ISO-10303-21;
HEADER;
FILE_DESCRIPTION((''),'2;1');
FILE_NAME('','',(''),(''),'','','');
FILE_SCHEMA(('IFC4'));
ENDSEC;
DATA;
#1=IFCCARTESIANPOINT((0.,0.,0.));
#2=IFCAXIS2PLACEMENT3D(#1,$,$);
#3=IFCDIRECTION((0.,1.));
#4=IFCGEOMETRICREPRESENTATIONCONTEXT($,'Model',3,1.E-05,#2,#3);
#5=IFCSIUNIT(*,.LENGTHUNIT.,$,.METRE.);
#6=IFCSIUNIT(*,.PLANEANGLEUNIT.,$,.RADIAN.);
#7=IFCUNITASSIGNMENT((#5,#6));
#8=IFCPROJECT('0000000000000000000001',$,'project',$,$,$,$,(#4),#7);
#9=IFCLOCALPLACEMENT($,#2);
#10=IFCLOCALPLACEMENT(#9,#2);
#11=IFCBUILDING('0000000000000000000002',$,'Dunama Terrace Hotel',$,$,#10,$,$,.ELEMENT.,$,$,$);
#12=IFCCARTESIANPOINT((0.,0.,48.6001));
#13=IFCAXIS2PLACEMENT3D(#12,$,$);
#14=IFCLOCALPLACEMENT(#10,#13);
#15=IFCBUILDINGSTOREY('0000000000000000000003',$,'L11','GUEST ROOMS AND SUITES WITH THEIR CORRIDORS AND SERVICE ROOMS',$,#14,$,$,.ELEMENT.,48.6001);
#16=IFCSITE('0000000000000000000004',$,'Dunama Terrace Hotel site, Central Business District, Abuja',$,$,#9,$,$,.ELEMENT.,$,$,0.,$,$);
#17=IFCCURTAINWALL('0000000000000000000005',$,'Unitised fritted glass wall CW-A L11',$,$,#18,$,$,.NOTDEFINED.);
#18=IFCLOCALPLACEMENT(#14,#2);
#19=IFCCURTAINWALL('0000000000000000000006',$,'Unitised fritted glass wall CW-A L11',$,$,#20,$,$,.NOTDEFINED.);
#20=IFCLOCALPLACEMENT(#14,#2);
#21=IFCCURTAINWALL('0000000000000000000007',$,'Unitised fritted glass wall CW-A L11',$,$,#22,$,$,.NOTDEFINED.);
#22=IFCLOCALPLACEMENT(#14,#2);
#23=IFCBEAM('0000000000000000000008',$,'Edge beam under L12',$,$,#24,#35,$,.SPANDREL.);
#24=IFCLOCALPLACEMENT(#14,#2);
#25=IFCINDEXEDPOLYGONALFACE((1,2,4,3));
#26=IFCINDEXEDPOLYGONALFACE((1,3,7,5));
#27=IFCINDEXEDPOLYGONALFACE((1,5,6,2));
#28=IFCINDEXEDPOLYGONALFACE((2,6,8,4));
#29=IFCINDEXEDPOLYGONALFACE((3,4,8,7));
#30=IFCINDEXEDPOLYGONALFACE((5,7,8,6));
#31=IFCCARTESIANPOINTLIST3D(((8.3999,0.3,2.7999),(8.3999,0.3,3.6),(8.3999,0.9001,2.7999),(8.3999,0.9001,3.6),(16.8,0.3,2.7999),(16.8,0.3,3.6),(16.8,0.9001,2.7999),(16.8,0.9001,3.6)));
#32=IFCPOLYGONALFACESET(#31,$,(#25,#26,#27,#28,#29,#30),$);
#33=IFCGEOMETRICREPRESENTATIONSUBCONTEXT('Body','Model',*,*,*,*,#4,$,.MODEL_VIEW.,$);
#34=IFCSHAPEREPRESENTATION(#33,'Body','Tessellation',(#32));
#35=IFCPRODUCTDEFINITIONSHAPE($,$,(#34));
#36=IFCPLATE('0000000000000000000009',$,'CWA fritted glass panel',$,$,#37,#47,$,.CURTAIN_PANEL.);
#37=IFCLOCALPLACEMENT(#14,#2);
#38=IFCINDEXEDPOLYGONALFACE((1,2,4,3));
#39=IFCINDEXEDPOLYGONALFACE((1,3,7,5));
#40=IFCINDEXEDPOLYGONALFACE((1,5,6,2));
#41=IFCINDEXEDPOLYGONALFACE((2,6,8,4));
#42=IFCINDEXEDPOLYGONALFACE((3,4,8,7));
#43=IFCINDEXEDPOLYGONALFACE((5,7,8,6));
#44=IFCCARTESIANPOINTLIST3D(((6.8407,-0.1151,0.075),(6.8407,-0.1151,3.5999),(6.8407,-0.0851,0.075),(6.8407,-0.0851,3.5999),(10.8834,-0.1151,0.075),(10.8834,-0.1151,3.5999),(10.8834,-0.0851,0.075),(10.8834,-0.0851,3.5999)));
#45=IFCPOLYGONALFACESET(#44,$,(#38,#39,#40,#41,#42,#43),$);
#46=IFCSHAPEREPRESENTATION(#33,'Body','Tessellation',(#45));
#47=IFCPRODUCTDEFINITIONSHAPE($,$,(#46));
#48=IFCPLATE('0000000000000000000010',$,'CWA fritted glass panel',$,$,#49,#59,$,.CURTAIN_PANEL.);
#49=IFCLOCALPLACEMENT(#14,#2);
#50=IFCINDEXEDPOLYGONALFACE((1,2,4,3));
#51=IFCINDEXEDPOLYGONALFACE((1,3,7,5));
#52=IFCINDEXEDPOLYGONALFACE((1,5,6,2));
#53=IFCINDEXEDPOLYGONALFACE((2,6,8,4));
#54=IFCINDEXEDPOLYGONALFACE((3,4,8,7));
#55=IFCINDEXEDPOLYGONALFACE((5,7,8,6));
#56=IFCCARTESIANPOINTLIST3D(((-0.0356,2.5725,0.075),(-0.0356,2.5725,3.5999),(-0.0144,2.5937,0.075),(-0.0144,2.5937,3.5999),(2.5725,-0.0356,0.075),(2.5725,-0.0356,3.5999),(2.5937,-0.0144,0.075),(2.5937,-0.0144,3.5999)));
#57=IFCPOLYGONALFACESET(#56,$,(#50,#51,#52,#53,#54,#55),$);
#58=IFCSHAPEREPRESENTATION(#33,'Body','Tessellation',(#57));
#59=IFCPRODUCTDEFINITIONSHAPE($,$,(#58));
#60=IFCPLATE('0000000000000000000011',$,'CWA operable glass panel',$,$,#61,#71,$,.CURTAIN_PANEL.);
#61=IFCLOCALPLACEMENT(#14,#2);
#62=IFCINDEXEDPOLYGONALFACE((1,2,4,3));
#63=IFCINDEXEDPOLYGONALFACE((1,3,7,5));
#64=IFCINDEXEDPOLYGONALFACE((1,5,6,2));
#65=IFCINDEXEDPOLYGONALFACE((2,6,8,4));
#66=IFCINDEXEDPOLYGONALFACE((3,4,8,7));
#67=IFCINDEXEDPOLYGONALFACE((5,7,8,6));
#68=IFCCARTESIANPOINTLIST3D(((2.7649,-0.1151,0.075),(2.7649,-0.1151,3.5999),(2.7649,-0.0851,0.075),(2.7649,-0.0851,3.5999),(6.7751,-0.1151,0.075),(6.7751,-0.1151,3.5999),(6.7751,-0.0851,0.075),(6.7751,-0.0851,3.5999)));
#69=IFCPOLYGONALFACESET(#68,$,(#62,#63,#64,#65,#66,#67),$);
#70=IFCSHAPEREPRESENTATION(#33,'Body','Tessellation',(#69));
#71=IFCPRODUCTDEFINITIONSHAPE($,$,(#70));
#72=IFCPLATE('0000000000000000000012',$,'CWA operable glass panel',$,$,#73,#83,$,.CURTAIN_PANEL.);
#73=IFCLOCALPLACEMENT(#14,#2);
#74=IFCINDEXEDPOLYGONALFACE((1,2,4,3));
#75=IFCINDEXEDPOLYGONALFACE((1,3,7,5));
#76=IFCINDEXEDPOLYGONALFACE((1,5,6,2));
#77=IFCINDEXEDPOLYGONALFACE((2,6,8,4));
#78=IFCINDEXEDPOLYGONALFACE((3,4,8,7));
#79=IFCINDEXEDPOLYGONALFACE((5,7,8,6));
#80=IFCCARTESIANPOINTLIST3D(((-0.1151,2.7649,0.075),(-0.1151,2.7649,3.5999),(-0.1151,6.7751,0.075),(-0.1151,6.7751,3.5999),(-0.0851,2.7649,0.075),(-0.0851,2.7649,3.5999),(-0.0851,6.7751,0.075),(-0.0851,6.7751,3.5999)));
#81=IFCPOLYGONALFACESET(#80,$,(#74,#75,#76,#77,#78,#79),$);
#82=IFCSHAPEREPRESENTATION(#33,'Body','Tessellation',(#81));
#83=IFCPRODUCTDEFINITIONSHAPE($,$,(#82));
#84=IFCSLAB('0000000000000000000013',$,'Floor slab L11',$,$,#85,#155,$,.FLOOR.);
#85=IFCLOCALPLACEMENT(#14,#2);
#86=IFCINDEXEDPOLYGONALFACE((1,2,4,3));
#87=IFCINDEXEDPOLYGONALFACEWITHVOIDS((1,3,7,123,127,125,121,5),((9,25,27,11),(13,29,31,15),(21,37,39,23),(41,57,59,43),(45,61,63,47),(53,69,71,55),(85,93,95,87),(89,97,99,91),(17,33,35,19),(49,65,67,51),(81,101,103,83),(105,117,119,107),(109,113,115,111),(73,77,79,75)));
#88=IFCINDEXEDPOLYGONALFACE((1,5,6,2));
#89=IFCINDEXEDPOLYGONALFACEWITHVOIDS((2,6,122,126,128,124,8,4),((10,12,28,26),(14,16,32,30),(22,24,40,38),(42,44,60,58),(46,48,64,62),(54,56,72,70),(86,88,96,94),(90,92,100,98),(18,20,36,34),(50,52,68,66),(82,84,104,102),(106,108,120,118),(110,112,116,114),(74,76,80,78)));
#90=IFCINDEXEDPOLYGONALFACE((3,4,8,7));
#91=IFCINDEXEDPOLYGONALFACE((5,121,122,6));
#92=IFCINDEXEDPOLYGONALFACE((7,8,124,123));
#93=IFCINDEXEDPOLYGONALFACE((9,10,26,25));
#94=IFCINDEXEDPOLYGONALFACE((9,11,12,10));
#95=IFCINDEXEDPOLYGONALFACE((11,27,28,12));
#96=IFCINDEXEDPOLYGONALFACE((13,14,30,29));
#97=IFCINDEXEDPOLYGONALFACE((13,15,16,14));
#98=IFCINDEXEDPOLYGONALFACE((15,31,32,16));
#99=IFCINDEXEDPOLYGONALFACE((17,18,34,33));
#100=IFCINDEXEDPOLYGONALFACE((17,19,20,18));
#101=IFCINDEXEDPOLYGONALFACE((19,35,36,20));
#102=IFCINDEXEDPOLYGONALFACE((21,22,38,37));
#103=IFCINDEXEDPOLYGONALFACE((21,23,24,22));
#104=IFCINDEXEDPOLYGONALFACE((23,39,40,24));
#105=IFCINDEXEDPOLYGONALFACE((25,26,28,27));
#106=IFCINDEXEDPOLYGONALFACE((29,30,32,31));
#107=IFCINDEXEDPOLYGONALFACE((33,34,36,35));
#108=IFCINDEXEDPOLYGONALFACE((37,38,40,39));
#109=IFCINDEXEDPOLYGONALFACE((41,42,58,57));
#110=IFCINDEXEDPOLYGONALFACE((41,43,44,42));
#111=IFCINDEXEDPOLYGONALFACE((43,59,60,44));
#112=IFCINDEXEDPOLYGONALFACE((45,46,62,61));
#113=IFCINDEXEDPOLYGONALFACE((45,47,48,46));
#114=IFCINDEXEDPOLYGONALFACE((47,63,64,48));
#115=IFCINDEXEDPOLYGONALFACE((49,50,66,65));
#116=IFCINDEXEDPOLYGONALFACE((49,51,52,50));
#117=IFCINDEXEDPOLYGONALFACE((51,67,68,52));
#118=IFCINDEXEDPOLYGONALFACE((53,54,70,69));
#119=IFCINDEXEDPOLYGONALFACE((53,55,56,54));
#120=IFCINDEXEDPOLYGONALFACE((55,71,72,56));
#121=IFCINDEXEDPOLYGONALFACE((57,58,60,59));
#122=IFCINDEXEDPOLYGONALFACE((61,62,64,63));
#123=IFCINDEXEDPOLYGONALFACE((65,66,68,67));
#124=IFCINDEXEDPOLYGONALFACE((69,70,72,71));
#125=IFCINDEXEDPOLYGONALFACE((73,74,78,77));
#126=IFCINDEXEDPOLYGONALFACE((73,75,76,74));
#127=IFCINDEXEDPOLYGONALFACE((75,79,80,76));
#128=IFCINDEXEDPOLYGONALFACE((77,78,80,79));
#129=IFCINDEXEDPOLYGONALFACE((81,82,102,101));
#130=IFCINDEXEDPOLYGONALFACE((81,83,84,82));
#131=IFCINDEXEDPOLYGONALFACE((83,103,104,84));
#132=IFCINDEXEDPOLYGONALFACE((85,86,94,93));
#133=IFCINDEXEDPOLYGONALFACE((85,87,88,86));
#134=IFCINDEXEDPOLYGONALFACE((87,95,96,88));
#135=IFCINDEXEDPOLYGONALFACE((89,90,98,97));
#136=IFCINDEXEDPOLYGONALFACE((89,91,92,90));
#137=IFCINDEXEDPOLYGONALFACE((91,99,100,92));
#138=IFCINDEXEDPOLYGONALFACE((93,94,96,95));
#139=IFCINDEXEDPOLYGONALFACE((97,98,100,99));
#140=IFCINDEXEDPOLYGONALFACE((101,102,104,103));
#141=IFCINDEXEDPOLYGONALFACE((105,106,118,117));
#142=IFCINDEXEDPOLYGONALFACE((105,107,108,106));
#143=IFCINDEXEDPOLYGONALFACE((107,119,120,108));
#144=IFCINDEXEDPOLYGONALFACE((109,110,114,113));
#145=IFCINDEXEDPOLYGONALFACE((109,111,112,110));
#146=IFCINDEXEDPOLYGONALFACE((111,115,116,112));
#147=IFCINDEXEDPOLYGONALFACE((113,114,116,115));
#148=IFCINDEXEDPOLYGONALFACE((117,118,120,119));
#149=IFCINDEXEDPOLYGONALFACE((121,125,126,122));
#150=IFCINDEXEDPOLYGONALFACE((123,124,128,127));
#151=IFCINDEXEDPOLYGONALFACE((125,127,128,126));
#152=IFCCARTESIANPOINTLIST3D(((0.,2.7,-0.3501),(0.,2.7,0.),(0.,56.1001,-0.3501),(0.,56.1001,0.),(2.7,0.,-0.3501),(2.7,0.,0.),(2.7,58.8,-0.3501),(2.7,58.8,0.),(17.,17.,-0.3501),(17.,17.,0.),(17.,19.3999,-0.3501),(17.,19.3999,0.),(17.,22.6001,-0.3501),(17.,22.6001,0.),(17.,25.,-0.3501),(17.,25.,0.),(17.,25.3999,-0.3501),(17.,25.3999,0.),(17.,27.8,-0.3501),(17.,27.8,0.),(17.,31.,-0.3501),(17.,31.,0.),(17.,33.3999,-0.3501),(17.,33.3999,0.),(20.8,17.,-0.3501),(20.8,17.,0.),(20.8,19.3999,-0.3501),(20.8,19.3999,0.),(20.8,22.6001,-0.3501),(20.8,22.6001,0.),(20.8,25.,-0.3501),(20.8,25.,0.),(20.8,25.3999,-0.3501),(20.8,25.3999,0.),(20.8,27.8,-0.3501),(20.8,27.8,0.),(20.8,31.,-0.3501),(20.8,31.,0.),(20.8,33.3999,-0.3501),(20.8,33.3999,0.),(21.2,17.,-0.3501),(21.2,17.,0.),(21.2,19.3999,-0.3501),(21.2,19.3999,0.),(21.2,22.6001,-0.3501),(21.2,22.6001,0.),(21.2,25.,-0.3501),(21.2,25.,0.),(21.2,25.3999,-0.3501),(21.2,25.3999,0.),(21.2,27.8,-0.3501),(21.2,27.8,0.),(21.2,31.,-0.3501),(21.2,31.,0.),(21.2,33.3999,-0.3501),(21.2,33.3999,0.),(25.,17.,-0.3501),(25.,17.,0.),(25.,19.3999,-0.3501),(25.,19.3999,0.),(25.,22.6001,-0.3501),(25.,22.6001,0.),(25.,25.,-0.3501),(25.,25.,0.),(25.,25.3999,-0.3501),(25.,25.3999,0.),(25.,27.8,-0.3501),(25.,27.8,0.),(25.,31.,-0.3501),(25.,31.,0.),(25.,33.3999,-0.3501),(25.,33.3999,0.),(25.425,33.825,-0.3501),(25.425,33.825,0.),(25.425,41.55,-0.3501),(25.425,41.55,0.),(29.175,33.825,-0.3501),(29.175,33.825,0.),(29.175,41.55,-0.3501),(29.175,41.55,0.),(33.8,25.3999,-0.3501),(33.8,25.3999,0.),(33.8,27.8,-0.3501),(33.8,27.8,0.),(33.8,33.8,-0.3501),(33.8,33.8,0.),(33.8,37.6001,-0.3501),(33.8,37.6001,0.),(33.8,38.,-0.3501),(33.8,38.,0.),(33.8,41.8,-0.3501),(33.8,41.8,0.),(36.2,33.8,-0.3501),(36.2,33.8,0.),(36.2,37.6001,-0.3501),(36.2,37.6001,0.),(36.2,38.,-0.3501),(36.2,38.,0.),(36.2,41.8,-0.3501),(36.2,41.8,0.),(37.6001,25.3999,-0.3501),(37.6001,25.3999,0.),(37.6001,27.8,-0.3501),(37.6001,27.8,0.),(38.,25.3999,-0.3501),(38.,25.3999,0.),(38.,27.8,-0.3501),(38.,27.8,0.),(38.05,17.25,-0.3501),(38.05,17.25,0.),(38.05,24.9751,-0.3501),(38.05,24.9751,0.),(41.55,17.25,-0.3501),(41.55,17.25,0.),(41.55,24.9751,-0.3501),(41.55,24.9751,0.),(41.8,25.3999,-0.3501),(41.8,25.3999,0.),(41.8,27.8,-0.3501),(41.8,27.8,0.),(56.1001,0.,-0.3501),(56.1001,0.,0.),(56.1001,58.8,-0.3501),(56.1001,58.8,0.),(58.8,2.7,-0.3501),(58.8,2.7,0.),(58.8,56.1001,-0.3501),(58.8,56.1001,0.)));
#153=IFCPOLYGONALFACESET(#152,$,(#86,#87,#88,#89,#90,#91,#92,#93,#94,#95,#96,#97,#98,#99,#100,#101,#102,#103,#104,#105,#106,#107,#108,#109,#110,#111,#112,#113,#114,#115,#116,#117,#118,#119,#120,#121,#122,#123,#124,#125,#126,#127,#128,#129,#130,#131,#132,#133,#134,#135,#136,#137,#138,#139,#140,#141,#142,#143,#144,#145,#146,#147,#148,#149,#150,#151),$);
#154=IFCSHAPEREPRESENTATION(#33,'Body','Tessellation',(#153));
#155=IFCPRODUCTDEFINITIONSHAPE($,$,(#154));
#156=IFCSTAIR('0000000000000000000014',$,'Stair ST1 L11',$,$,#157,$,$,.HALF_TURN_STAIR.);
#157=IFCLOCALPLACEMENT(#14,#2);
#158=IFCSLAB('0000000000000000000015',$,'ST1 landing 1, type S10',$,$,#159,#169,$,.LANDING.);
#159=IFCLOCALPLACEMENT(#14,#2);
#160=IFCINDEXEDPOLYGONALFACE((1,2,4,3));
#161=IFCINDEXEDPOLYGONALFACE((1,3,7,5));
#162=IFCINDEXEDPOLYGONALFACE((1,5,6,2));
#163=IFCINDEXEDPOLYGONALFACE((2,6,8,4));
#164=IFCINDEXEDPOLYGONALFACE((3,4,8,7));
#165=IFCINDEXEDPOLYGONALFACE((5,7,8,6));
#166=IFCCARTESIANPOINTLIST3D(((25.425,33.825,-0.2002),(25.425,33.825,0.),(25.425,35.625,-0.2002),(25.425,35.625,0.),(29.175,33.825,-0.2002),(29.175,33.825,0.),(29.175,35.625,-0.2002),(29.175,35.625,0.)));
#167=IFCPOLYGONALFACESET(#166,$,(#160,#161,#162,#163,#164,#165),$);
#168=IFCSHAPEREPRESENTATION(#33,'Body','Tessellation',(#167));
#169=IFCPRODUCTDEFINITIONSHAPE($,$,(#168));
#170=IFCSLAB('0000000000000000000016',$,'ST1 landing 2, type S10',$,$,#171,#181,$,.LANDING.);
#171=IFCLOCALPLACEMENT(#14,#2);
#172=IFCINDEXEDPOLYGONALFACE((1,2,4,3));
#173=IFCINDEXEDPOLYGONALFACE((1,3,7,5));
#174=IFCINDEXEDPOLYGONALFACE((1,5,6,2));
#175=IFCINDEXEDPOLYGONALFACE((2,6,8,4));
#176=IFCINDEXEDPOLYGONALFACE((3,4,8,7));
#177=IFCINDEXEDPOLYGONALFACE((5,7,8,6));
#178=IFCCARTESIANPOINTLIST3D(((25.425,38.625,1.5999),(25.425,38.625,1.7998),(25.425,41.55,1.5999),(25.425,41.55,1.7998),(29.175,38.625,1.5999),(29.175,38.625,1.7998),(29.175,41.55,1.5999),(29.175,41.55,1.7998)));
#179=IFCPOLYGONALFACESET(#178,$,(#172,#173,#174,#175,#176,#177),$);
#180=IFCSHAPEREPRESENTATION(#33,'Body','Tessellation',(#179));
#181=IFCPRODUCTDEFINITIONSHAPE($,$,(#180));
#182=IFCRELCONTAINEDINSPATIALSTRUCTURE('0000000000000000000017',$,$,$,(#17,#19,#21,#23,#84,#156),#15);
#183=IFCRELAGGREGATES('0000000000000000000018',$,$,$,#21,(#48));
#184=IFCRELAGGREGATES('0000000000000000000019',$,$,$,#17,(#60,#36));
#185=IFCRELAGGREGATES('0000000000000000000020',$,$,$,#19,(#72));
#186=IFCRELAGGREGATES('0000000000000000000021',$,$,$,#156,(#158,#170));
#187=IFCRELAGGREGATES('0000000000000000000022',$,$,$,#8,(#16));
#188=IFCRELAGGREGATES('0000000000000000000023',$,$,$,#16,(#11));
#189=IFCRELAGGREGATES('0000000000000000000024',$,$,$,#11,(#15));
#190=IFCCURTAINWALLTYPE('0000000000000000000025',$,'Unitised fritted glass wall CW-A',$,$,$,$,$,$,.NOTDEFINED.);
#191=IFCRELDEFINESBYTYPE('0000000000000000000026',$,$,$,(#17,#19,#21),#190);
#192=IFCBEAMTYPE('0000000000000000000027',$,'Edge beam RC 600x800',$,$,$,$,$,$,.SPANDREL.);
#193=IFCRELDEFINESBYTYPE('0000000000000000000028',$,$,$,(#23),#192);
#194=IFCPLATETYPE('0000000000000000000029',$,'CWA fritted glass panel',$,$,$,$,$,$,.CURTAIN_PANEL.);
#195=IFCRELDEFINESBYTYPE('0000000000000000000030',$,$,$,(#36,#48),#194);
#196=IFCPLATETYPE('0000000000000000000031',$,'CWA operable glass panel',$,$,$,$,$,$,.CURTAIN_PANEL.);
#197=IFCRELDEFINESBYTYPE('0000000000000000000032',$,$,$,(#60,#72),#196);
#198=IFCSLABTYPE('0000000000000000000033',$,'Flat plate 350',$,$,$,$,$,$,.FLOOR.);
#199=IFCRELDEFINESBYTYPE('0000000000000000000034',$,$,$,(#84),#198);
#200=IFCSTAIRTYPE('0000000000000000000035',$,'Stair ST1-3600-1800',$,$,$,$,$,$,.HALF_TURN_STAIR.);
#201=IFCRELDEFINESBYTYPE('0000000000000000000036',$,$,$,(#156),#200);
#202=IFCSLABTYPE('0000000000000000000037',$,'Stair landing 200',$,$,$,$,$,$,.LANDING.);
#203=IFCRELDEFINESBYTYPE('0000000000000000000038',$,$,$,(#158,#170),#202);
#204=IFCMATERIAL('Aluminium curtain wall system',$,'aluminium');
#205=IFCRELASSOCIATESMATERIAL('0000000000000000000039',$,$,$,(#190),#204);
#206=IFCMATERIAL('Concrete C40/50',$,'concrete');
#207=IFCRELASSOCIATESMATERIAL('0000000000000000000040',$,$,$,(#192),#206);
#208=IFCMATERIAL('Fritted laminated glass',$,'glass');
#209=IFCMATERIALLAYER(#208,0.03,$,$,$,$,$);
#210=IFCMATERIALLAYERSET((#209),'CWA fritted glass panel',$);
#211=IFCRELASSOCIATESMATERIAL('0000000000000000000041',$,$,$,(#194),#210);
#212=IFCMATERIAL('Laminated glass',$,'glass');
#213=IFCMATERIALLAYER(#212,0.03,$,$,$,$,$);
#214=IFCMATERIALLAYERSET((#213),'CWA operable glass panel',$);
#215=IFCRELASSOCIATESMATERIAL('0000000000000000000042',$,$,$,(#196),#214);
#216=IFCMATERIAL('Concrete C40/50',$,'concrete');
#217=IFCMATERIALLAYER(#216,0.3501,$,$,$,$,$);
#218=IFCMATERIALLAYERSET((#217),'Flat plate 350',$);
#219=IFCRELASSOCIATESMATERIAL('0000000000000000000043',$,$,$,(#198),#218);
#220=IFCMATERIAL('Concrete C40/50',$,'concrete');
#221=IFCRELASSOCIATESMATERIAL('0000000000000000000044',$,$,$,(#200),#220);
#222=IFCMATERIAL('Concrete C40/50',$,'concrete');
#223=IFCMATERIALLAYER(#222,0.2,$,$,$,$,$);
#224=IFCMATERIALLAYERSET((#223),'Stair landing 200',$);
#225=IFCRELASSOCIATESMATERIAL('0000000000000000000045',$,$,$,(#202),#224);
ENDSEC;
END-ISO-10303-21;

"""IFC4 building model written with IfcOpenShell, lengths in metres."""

from ifc_helpers import new_model, si_unit, direction, frame, origin, origin_2d, place, context, subcontext, project, spatial, polyline, rectangle, outline, extrude, material, layer, layer_set, material_profile, profile_set, type_object, element, aggregate, save


model = new_model("IFC4")

# Units and contexts
model_context = context("Model", 3, precision=1e-05, world=origin(), true_north=direction((0.0, 1.0)))
body_context = subcontext(model_context, "Body", "Model", "MODEL_VIEW")
ifc_project = project(units=[si_unit("LENGTHUNIT", "METRE"), si_unit("PLANEANGLEUNIT", "RADIAN")], contexts=[model_context])

# Site, building, storey
site_placement = place(None, origin())
site = spatial("IfcSite", under=ifc_project, at=site_placement, Name="Dunama Terrace Hotel site, Central Business District, Abuja", CompositionType="ELEMENT", RefElevation=0.0)
building_placement = place(site_placement, origin())
building = spatial("IfcBuilding", under=site, at=building_placement, Name="Dunama Terrace Hotel", CompositionType="ELEMENT")
storey_placement = place(building_placement, frame((0.0, 0.0, 48.6001)))
storey = spatial("IfcBuildingStorey", under=building, at=storey_placement, Name="L11", Description="GUEST ROOMS AND SUITES WITH THEIR CORRIDORS AND SERVICE ROOMS", CompositionType="ELEMENT", Elevation=48.6001)

# Curtain walls
ifc_material_1 = material(Name="Aluminium curtain wall system", Category="aluminium")
curtain_wall_type = type_object("IfcCurtainWallType", Name="Unitised fritted glass wall CW-A", PredefinedType="NOTDEFINED", material=ifc_material_1)
curtain_wall_1_placement = place(storey_placement, origin())
curtain_wall_1 = element("IfcCurtainWall", 1, at=curtain_wall_1_placement, inside=storey, type_object=curtain_wall_type, Name="Unitised fritted glass wall CW-A L11", PredefinedType="NOTDEFINED")
curtain_wall_2_placement = place(storey_placement, origin())
curtain_wall_2 = element("IfcCurtainWall", 2, at=curtain_wall_2_placement, inside=storey, type_object=curtain_wall_type, Name="Unitised fritted glass wall CW-A L11", PredefinedType="NOTDEFINED")
curtain_wall_3_placement = place(storey_placement, origin())
curtain_wall_3 = element("IfcCurtainWall", 3, at=curtain_wall_3_placement, inside=storey, type_object=curtain_wall_type, Name="Unitised fritted glass wall CW-A L11", PredefinedType="NOTDEFINED")

# Beam
ifc_material_2 = material(Name="Concrete C40/50", Category="concrete")
ifc_material_profile_1 = material_profile(ifc_material_2, rectangle(XDim=0.6001, YDim=0.8, at=origin_2d()), Name="RC 600x800")
ifc_profile_set_1 = profile_set([ifc_material_profile_1], Name="Concrete C40/50")
beam_type_1 = type_object("IfcBeamType", Name="Edge beam RC 600x800", PredefinedType="SPANDREL", material=ifc_profile_set_1)
beam_1_placement = place(storey_placement, frame((8.3999, 0.6001, 3.2), z_axis=(1.0, 0.0, 0.0), x_axis=(0.0, 1.0, 0.0)))
element("IfcBeam", 4, at=beam_1_placement, inside=storey, type_object=beam_type_1, Name="Edge beam under L12", PredefinedType="SPANDREL", context=body_context, shape_type="SweptSolid", body=[
    extrude(rectangle(XDim=0.6001, YDim=0.8, at=origin_2d()), origin(), (0.0, 0.0, 1.0), 8.4001),
])

# Plates
ifc_material_3 = material(Name="Fritted laminated glass", Category="glass")
ifc_layer_1 = layer(ifc_material_3, 0.03)
ifc_layer_set_1 = layer_set([ifc_layer_1], Name="CWA fritted glass panel")
plate_type_1 = type_object("IfcPlateType", Name="CWA fritted glass panel", PredefinedType="CURTAIN_PANEL", material=ifc_layer_set_1)
plate_1_placement = place(storey_placement, frame((8.8621, -0.1001, 0.075), z_axis=(0.0, 0.0, 1.0), x_axis=(1.0, 0.0, 0.0)))
plate_1 = element("IfcPlate", 5, at=plate_1_placement, type_object=plate_type_1, Name="CWA fritted glass panel", PredefinedType="CURTAIN_PANEL", context=body_context, shape_type="SweptSolid", body=[
    extrude(rectangle(XDim=4.0427, YDim=0.03, at=origin_2d()), origin(), (0.0, 0.0, 1.0), 3.5249),
])
plate_2_placement = place(storey_placement, frame((1.2791, 1.2791, 0.075), z_axis=(0.0, 0.0, 1.0), x_axis=(0.707107, -0.707107, 0.0)))
plate_2 = element("IfcPlate", 6, at=plate_2_placement, type_object=plate_type_1, Name="CWA fritted glass panel", PredefinedType="CURTAIN_PANEL", context=body_context, shape_type="SweptSolid", body=[
    extrude(rectangle(XDim=3.6885, YDim=0.03, at=origin_2d()), origin(), (0.0, 0.0, 1.0), 3.5249),
])
aggregate(curtain_wall_3, [plate_2])
ifc_material_4 = material(Name="Laminated glass", Category="glass")
ifc_layer_2 = layer(ifc_material_4, 0.03)
ifc_layer_set_2 = layer_set([ifc_layer_2], Name="CWA operable glass panel")
plate_type_2 = type_object("IfcPlateType", Name="CWA operable glass panel", PredefinedType="CURTAIN_PANEL", material=ifc_layer_set_2)
plate_3_placement = place(storey_placement, frame((4.77, -0.1001, 0.075), z_axis=(0.0, 0.0, 1.0), x_axis=(1.0, 0.0, 0.0)))
plate_3 = element("IfcPlate", 7, at=plate_3_placement, type_object=plate_type_2, Name="CWA operable glass panel", PredefinedType="CURTAIN_PANEL", context=body_context, shape_type="SweptSolid", body=[
    extrude(rectangle(XDim=4.0103, YDim=0.03, at=origin_2d()), origin(), (0.0, 0.0, 1.0), 3.5249),
])
aggregate(curtain_wall_1, [plate_3, plate_1])
plate_4_placement = place(storey_placement, frame((-0.1001, 4.77, 0.075), z_axis=(0.0, 0.0, 1.0), x_axis=(0.0, -1.0, 0.0)))
plate_4 = element("IfcPlate", 8, at=plate_4_placement, type_object=plate_type_2, Name="CWA operable glass panel", PredefinedType="CURTAIN_PANEL", context=body_context, shape_type="SweptSolid", body=[
    extrude(rectangle(XDim=4.0103, YDim=0.03, at=origin_2d()), origin(), (0.0, 0.0, 1.0), 3.5249),
])
aggregate(curtain_wall_2, [plate_4])

# Slab
ifc_material_5 = material(Name="Concrete C40/50", Category="concrete")
ifc_layer_3 = layer(ifc_material_5, 0.3501)
ifc_layer_set_3 = layer_set([ifc_layer_3], Name="Flat plate 350")
slab_type_1 = type_object("IfcSlabType", Name="Flat plate 350", PredefinedType="FLOOR", material=ifc_layer_set_3)
slab_1_placement = place(storey_placement, frame((0.0, 0.0, -0.3501)))
element("IfcSlab", 9, at=slab_1_placement, inside=storey, type_object=slab_type_1, Name="Floor slab L11", PredefinedType="FLOOR", context=body_context, shape_type="SweptSolid", body=[
    extrude(outline(polyline([(2.7, 0.0), (56.1001, 0.0), (58.8, 2.7), (58.8, 56.1001), (56.1001, 58.8), (2.7, 58.8), (0.0, 56.1001), (0.0, 2.7), (2.7, 0.0)]), holes=[polyline([(20.8, 25.3999), (20.8, 27.8), (17.0, 27.8), (17.0, 25.3999), (20.8, 25.3999)]), polyline([(25.0, 25.3999), (25.0, 27.8), (21.2, 27.8), (21.2, 25.3999), (25.0, 25.3999)]), polyline([(20.8, 31.0), (20.8, 33.3999), (17.0, 33.3999), (17.0, 31.0), (20.8, 31.0)]), polyline([(25.0, 31.0), (25.0, 33.3999), (21.2, 33.3999), (21.2, 31.0), (25.0, 31.0)]), polyline([(37.6001, 25.3999), (37.6001, 27.8), (33.8, 27.8), (33.8, 25.3999), (37.6001, 25.3999)]), polyline([(41.8, 25.3999), (41.8, 27.8), (38.0, 27.8), (38.0, 25.3999), (41.8, 25.3999)]), polyline([(20.8, 17.0), (20.8, 19.3999), (17.0, 19.3999), (17.0, 17.0), (20.8, 17.0)]), polyline([(25.0, 17.0), (25.0, 19.3999), (21.2, 19.3999), (21.2, 17.0), (25.0, 17.0)]), polyline([(20.8, 22.6001), (20.8, 25.0), (17.0, 25.0), (17.0, 22.6001), (20.8, 22.6001)]), polyline([(25.0, 22.6001), (25.0, 25.0), (21.2, 25.0), (21.2, 22.6001), (25.0, 22.6001)]), polyline([(36.2, 38.0), (36.2, 41.8), (33.8, 41.8), (33.8, 38.0), (36.2, 38.0)]), polyline([(36.2, 33.8), (36.2, 37.6001), (33.8, 37.6001), (33.8, 33.8), (36.2, 33.8)]), polyline([(29.175, 33.825), (29.175, 41.55), (25.425, 41.55), (25.425, 33.825), (29.175, 33.825)]), polyline([(41.55, 17.25), (41.55, 24.9751), (38.05, 24.9751), (38.05, 17.25), (41.55, 17.25)])]), origin(), (0.0, 0.0, 1.0), 0.3501),
])

# Stair, slabs
ifc_material_6 = material(Name="Concrete C40/50", Category="concrete")
stair_type_1 = type_object("IfcStairType", Name="Stair ST1-3600-1800", PredefinedType="HALF_TURN_STAIR", material=ifc_material_6)
stair_1_placement = place(storey_placement, origin())
stair_1 = element("IfcStair", 10, at=stair_1_placement, inside=storey, type_object=stair_type_1, Name="Stair ST1 L11", PredefinedType="HALF_TURN_STAIR")
ifc_material_7 = material(Name="Concrete C40/50", Category="concrete")
ifc_layer_4 = layer(ifc_material_7, 0.2)
ifc_layer_set_4 = layer_set([ifc_layer_4], Name="Stair landing 200")
slab_type_2 = type_object("IfcSlabType", Name="Stair landing 200", PredefinedType="LANDING", material=ifc_layer_set_4)
slab_2_placement = place(storey_placement, frame((0.0, 0.0, -0.2002)))
slab_2 = element("IfcSlab", 11, at=slab_2_placement, type_object=slab_type_2, Name="ST1 landing 1, type S10", PredefinedType="LANDING", context=body_context, shape_type="SweptSolid", body=[
    extrude(outline(polyline([(25.425, 33.825), (29.175, 33.825), (29.175, 35.625), (25.425, 35.625), (25.425, 33.825)])), origin(), (0.0, 0.0, 1.0), 0.2002),
])
slab_3_placement = place(storey_placement, frame((0.0, 0.0, 1.5999)))
slab_3 = element("IfcSlab", 12, at=slab_3_placement, type_object=slab_type_2, Name="ST1 landing 2, type S10", PredefinedType="LANDING", context=body_context, shape_type="SweptSolid", body=[
    extrude(outline(polyline([(25.425, 38.625), (29.175, 38.625), (29.175, 41.55), (25.425, 41.55), (25.425, 38.625)])), origin(), (0.0, 0.0, 1.0), 0.2),
])
aggregate(stair_1, [slab_2, slab_3])

save(model, "model.ifc")
